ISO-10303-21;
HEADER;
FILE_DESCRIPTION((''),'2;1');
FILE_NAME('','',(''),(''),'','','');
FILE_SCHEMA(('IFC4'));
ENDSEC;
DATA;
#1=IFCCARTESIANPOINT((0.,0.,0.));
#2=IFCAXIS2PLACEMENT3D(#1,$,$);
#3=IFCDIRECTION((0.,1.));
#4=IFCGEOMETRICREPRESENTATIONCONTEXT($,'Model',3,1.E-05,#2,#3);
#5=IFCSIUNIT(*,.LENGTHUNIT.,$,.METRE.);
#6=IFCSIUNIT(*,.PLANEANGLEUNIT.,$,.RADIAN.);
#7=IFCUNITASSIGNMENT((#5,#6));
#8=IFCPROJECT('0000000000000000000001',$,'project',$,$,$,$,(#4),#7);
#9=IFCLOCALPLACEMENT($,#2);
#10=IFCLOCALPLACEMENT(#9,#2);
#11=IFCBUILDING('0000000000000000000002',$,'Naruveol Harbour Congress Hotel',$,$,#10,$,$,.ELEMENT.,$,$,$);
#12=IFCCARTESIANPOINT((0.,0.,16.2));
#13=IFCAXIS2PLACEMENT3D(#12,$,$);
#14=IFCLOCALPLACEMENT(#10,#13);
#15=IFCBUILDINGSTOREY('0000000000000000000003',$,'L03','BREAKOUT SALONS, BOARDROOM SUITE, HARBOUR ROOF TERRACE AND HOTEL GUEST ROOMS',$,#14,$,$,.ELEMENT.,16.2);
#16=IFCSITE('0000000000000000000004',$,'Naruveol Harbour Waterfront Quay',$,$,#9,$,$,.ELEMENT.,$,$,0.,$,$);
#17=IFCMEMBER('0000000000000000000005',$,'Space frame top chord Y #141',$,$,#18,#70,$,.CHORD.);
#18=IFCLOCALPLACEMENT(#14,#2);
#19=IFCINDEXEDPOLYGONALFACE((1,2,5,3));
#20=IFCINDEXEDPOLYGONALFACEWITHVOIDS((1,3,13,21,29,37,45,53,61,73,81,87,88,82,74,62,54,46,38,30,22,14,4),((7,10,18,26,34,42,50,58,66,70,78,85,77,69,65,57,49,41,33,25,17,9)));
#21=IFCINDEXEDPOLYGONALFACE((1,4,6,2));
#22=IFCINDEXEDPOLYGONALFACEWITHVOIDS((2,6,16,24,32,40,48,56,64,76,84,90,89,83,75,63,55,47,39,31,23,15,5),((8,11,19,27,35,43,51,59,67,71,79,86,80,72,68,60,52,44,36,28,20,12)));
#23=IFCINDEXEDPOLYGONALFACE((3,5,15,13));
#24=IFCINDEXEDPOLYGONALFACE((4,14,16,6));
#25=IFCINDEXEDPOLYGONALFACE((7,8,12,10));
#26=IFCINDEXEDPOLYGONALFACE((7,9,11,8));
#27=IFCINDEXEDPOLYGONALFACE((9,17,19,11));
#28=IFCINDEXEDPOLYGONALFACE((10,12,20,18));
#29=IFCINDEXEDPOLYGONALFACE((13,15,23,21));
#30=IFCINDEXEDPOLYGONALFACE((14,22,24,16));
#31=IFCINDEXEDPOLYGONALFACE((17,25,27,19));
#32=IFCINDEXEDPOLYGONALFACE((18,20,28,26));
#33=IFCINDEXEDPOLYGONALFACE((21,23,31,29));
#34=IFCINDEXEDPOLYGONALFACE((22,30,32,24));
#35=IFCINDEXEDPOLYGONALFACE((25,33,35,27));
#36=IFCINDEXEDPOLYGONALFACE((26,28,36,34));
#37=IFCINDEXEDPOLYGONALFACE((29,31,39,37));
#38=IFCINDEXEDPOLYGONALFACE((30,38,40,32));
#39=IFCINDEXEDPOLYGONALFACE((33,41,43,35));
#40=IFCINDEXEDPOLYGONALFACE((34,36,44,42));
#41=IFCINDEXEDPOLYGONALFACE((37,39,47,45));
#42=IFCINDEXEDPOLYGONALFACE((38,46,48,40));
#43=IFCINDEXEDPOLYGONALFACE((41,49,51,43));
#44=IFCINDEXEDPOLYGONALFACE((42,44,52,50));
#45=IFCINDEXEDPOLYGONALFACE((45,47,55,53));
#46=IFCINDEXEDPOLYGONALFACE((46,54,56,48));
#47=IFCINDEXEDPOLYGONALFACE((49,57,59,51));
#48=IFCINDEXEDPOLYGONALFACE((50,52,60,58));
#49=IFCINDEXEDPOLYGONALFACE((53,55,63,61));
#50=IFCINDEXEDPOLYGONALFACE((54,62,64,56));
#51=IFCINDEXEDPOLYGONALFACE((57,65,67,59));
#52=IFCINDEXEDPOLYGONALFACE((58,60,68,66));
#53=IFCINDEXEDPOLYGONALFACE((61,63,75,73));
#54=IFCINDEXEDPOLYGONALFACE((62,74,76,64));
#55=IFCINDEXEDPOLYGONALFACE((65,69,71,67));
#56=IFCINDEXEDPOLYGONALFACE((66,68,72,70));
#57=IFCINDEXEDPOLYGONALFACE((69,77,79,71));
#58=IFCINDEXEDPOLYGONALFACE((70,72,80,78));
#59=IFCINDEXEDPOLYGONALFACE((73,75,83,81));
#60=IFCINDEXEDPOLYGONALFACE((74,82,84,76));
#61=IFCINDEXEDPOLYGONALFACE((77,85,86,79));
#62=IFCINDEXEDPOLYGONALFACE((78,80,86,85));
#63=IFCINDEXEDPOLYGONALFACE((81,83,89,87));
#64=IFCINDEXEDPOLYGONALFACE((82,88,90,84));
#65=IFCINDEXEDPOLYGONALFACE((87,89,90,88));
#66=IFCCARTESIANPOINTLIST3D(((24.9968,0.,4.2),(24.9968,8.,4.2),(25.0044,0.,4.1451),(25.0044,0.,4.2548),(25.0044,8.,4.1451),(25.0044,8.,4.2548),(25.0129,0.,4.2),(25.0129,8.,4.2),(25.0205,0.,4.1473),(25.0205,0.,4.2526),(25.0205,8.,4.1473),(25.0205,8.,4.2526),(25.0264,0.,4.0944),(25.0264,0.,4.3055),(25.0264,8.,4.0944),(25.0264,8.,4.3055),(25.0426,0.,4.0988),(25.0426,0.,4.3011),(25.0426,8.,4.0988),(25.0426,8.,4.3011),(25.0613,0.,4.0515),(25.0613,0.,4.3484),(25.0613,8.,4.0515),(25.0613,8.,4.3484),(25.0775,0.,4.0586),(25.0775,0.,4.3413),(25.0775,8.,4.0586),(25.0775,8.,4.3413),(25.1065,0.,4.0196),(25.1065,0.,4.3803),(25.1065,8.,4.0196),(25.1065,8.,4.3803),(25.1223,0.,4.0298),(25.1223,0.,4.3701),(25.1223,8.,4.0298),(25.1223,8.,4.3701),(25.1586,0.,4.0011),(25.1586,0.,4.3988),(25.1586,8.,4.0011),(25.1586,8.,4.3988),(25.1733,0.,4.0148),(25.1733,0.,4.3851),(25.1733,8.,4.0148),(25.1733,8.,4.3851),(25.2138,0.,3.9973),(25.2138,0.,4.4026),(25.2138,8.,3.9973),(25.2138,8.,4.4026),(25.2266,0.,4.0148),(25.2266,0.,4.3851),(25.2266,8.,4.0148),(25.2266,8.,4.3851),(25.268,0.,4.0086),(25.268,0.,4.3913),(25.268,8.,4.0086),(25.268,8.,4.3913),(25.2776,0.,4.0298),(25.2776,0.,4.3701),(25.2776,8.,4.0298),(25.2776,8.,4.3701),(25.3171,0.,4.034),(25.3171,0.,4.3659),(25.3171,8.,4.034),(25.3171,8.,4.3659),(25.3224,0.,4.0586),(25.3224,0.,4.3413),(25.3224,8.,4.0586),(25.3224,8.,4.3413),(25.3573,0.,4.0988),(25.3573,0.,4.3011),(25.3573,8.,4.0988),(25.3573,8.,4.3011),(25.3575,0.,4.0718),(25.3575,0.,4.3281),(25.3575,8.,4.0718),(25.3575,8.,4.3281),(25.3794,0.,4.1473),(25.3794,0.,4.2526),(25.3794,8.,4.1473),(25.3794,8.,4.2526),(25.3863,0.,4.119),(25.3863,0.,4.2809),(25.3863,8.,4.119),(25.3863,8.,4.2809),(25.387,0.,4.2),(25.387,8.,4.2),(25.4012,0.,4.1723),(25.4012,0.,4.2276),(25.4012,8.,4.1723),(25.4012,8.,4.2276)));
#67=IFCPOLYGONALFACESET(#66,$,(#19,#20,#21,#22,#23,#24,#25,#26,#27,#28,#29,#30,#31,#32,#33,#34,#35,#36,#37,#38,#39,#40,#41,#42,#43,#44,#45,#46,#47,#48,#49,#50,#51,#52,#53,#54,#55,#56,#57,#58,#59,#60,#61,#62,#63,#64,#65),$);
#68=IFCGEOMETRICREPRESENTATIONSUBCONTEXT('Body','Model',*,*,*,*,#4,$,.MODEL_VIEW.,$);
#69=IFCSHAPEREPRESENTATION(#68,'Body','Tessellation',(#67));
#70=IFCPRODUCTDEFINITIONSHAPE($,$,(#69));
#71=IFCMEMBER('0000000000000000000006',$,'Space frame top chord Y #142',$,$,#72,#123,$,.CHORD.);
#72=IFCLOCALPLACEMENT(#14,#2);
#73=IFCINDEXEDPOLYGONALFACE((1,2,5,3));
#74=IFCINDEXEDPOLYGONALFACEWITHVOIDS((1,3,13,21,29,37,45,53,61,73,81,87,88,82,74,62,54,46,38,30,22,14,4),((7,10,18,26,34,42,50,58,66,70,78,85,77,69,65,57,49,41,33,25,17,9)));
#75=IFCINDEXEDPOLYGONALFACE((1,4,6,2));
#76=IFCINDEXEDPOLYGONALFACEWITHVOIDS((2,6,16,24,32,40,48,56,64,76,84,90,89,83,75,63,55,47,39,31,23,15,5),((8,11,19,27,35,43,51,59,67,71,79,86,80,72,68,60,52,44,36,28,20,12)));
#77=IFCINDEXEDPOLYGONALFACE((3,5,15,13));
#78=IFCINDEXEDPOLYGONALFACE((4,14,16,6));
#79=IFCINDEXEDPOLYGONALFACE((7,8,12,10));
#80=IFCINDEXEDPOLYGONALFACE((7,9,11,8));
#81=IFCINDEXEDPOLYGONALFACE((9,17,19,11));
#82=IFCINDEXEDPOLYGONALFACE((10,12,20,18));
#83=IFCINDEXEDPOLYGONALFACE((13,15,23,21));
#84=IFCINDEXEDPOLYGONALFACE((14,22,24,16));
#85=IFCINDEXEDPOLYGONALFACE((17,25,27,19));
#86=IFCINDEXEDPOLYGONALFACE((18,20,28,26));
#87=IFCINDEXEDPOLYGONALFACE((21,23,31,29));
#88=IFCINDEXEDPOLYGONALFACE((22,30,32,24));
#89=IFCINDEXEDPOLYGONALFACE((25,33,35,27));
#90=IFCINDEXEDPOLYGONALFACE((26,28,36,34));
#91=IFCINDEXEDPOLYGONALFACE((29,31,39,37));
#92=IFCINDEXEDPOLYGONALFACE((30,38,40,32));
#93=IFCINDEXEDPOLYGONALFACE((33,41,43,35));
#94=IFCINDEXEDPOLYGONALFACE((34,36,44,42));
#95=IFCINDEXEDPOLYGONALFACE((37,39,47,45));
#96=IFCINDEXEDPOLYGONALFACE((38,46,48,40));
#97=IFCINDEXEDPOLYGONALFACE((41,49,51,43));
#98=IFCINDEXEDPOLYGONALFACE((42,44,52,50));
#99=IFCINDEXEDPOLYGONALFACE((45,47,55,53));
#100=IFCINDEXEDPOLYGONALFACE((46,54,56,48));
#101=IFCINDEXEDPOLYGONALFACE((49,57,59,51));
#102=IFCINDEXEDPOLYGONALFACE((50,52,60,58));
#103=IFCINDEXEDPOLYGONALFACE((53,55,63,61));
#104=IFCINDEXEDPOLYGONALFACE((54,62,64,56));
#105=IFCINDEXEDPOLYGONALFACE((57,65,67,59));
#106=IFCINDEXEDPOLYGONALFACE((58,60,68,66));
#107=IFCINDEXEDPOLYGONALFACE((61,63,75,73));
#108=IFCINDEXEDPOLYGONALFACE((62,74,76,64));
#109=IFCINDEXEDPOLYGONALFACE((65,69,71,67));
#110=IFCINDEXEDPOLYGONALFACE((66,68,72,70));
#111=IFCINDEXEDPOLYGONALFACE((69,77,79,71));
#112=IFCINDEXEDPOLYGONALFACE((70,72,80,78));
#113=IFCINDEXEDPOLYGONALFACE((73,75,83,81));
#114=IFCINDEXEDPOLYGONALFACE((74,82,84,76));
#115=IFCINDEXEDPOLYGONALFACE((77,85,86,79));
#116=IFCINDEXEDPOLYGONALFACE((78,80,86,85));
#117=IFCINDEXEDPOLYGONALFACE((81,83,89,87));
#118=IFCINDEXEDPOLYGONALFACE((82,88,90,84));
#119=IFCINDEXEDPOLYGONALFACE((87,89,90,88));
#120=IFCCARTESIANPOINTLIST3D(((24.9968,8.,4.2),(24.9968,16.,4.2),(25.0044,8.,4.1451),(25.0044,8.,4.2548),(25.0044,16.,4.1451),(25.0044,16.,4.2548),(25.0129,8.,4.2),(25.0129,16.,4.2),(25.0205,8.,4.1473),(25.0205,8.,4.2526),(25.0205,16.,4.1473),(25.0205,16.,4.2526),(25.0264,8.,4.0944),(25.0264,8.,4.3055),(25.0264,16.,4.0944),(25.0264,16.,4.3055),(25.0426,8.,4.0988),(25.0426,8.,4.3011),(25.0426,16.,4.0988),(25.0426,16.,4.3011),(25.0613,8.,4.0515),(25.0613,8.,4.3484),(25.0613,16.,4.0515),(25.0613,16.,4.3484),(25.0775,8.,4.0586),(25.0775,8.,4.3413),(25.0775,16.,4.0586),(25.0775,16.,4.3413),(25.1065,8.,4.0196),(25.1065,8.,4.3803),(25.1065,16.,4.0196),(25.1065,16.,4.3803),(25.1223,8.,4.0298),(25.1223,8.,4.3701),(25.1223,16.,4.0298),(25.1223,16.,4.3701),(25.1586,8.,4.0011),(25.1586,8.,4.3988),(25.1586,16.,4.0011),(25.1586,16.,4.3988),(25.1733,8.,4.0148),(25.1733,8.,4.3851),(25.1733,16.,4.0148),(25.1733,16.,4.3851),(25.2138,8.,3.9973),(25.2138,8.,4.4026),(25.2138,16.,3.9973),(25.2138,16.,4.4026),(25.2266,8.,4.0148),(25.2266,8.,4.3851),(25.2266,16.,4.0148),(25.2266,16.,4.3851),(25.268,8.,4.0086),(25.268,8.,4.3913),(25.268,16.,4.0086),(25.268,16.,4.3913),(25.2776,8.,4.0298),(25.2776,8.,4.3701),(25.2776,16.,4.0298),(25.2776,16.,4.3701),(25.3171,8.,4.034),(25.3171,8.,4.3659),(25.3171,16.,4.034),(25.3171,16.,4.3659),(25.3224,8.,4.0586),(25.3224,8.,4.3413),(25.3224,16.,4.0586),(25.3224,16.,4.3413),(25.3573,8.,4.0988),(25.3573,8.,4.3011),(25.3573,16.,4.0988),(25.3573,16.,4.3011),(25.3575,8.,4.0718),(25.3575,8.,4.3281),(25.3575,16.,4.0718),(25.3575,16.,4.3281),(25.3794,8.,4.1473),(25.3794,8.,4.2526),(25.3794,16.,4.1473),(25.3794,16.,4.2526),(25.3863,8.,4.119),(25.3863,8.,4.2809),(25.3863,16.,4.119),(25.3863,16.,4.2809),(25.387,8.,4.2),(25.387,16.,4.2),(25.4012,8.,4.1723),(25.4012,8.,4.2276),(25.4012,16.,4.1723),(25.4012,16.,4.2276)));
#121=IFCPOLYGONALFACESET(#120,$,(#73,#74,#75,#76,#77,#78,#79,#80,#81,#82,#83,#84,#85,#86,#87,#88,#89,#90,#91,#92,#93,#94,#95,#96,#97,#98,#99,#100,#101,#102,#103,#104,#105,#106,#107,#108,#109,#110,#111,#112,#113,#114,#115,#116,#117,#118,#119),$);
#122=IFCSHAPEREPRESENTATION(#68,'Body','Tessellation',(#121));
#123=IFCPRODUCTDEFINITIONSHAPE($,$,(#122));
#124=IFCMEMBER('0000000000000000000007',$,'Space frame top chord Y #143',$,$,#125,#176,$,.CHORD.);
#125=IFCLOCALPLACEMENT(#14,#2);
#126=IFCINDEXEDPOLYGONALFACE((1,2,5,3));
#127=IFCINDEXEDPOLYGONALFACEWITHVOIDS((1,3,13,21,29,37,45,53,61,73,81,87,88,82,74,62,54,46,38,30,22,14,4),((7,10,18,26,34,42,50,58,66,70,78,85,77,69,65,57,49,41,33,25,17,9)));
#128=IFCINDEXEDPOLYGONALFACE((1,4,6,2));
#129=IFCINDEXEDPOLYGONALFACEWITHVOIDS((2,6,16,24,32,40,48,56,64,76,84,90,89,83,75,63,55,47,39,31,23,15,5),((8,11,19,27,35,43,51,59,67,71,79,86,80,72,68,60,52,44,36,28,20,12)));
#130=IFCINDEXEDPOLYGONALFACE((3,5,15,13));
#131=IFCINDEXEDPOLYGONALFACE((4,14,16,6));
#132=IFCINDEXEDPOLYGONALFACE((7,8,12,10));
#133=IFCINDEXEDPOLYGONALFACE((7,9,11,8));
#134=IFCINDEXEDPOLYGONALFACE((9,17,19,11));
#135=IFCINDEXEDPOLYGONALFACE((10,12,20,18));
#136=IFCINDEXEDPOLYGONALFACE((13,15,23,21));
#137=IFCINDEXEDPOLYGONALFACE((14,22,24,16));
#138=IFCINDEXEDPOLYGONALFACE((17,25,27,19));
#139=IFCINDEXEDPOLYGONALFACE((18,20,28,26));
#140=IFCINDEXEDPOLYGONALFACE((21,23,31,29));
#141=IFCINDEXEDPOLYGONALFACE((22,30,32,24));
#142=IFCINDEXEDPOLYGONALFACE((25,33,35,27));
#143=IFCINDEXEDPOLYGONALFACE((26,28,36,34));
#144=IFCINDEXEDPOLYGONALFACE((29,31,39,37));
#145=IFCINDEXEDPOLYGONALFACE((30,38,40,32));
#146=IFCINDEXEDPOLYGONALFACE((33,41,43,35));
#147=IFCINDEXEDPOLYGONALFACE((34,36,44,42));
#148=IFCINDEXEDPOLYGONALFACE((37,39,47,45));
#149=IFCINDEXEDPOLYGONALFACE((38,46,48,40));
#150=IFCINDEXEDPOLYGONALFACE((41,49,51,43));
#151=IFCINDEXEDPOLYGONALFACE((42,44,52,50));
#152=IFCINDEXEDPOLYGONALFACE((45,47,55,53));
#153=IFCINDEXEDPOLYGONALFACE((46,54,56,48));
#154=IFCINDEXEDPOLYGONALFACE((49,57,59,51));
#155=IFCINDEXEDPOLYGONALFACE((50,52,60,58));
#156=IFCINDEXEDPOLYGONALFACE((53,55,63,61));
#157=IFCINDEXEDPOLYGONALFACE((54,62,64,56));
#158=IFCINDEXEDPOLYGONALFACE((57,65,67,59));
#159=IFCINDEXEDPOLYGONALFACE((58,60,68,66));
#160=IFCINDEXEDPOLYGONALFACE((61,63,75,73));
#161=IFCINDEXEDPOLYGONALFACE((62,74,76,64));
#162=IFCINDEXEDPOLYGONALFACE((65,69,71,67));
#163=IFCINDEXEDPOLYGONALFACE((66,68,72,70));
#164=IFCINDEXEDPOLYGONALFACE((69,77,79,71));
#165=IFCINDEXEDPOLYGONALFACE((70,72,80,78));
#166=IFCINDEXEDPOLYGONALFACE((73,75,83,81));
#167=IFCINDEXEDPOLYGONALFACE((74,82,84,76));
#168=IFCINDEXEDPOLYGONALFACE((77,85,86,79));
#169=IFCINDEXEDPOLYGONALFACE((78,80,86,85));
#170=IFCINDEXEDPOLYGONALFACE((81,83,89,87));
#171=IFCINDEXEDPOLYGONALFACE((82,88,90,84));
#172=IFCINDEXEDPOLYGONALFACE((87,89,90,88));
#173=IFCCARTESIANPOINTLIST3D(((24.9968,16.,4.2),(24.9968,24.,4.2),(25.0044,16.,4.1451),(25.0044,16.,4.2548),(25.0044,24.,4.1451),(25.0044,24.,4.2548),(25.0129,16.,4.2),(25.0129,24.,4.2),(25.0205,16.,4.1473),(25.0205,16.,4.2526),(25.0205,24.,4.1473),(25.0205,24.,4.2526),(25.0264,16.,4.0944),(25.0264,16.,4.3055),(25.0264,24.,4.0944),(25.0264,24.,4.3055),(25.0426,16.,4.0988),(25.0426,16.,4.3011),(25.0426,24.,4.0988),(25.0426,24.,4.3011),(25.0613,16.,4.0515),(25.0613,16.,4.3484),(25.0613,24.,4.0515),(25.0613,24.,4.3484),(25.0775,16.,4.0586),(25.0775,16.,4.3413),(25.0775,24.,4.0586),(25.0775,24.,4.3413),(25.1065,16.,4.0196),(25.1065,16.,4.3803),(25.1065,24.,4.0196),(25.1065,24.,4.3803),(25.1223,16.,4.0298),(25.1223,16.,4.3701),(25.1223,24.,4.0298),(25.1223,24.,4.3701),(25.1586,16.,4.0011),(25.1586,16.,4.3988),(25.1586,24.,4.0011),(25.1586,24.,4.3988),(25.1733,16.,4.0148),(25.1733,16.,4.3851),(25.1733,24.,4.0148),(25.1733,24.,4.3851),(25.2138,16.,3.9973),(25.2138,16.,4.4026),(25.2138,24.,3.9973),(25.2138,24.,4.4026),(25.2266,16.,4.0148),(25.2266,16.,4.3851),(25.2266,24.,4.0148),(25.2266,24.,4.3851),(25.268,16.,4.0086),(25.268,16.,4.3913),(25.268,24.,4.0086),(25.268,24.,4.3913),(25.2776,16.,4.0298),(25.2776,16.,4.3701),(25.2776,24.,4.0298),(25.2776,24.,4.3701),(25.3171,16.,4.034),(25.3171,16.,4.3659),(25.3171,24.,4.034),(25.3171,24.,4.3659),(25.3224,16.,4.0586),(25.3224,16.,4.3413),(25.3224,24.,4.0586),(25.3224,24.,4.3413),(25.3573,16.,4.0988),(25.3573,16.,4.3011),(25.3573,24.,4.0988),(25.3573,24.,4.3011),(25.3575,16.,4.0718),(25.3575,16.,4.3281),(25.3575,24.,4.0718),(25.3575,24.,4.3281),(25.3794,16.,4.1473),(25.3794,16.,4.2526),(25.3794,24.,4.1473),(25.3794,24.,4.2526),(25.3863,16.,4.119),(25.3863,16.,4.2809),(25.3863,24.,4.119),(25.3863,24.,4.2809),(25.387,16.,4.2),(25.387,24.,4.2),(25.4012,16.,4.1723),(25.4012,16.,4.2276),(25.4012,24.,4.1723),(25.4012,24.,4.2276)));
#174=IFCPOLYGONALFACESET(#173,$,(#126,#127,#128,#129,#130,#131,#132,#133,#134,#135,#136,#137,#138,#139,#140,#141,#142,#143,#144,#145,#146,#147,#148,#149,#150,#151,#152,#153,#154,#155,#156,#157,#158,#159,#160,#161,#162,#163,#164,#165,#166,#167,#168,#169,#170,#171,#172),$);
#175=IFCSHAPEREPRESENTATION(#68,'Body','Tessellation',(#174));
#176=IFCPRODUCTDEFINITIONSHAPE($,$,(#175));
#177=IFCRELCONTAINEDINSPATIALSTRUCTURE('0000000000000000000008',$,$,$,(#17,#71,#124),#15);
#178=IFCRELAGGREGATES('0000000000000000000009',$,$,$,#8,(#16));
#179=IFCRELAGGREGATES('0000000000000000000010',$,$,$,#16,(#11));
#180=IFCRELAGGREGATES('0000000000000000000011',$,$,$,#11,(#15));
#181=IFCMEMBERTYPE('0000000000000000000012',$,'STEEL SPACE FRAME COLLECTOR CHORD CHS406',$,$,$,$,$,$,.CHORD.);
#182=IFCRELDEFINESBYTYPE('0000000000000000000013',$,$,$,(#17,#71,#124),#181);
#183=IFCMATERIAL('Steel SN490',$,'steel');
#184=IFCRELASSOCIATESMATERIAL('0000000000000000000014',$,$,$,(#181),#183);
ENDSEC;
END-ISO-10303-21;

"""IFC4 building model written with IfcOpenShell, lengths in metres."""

from ifc_helpers import new_model, si_unit, direction, frame, origin, origin_2d, place, context, subcontext, project, spatial, hollow_circle, extrude, material, material_profile, profile_set, type_object, element, save


model = new_model("IFC4")

# Units and contexts
model_context = context("Model", 3, precision=1e-05, world=origin(), true_north=direction((0.0, 1.0)))
body_context = subcontext(model_context, "Body", "Model", "MODEL_VIEW")
ifc_project = project(units=[si_unit("LENGTHUNIT", "METRE"), si_unit("PLANEANGLEUNIT", "RADIAN")], contexts=[model_context])

# Site, building, storey
site_placement = place(None, origin())
site = spatial("IfcSite", under=ifc_project, at=site_placement, Name="Naruveol Harbour Waterfront Quay", CompositionType="ELEMENT", RefElevation=0.0)
building_placement = place(site_placement, origin())
building = spatial("IfcBuilding", under=site, at=building_placement, Name="Naruveol Harbour Congress Hotel", CompositionType="ELEMENT")
storey_placement = place(building_placement, frame((0.0, 0.0, 16.2)))
storey = spatial("IfcBuildingStorey", under=building, at=storey_placement, Name="L03", Description="BREAKOUT SALONS, BOARDROOM SUITE, HARBOUR ROOF TERRACE AND HOTEL GUEST ROOMS", CompositionType="ELEMENT", Elevation=16.2)

# Members
ifc_material_1 = material(Name="Steel SN490", Category="steel")
ifc_material_profile_1 = material_profile(ifc_material_1, hollow_circle(Radius=0.2031, WallThickness=0.0161, at=origin_2d()), Name="CHS-406.4x16")
ifc_profile_set_1 = profile_set([ifc_material_profile_1], Name="Steel SN490")
member_type_1 = type_object("IfcMemberType", Name="STEEL SPACE FRAME COLLECTOR CHORD CHS406", PredefinedType="CHORD", material=ifc_profile_set_1)
for number, where, z_axis, x_axis, name in (
    (1, (25.2, 0.0, 4.2), (0.0, 1.0, 0.0), (-1.0, 0.0, 0.0), "Space frame top chord Y #141"),
    (2, (25.2, 8.0, 4.2), (0.0, 1.0, 0.0), (-1.0, 0.0, 0.0), "Space frame top chord Y #142"),
    (3, (25.2, 16.0, 4.2), (0.0, 1.0, 0.0), (-1.0, 0.0, 0.0), "Space frame top chord Y #143"),
):
    element("IfcMember", number, at=place(storey_placement, frame(where, z_axis=z_axis, x_axis=x_axis)), inside=storey, type_object=member_type_1, Name=name, PredefinedType="CHORD", context=body_context, shape_type="SweptSolid", body=[
        extrude(hollow_circle(Radius=0.2031, WallThickness=0.0161, at=origin_2d()), origin(), (0.0, 0.0, 1.0), 8.0),
    ])

save(model, "model.ifc")
